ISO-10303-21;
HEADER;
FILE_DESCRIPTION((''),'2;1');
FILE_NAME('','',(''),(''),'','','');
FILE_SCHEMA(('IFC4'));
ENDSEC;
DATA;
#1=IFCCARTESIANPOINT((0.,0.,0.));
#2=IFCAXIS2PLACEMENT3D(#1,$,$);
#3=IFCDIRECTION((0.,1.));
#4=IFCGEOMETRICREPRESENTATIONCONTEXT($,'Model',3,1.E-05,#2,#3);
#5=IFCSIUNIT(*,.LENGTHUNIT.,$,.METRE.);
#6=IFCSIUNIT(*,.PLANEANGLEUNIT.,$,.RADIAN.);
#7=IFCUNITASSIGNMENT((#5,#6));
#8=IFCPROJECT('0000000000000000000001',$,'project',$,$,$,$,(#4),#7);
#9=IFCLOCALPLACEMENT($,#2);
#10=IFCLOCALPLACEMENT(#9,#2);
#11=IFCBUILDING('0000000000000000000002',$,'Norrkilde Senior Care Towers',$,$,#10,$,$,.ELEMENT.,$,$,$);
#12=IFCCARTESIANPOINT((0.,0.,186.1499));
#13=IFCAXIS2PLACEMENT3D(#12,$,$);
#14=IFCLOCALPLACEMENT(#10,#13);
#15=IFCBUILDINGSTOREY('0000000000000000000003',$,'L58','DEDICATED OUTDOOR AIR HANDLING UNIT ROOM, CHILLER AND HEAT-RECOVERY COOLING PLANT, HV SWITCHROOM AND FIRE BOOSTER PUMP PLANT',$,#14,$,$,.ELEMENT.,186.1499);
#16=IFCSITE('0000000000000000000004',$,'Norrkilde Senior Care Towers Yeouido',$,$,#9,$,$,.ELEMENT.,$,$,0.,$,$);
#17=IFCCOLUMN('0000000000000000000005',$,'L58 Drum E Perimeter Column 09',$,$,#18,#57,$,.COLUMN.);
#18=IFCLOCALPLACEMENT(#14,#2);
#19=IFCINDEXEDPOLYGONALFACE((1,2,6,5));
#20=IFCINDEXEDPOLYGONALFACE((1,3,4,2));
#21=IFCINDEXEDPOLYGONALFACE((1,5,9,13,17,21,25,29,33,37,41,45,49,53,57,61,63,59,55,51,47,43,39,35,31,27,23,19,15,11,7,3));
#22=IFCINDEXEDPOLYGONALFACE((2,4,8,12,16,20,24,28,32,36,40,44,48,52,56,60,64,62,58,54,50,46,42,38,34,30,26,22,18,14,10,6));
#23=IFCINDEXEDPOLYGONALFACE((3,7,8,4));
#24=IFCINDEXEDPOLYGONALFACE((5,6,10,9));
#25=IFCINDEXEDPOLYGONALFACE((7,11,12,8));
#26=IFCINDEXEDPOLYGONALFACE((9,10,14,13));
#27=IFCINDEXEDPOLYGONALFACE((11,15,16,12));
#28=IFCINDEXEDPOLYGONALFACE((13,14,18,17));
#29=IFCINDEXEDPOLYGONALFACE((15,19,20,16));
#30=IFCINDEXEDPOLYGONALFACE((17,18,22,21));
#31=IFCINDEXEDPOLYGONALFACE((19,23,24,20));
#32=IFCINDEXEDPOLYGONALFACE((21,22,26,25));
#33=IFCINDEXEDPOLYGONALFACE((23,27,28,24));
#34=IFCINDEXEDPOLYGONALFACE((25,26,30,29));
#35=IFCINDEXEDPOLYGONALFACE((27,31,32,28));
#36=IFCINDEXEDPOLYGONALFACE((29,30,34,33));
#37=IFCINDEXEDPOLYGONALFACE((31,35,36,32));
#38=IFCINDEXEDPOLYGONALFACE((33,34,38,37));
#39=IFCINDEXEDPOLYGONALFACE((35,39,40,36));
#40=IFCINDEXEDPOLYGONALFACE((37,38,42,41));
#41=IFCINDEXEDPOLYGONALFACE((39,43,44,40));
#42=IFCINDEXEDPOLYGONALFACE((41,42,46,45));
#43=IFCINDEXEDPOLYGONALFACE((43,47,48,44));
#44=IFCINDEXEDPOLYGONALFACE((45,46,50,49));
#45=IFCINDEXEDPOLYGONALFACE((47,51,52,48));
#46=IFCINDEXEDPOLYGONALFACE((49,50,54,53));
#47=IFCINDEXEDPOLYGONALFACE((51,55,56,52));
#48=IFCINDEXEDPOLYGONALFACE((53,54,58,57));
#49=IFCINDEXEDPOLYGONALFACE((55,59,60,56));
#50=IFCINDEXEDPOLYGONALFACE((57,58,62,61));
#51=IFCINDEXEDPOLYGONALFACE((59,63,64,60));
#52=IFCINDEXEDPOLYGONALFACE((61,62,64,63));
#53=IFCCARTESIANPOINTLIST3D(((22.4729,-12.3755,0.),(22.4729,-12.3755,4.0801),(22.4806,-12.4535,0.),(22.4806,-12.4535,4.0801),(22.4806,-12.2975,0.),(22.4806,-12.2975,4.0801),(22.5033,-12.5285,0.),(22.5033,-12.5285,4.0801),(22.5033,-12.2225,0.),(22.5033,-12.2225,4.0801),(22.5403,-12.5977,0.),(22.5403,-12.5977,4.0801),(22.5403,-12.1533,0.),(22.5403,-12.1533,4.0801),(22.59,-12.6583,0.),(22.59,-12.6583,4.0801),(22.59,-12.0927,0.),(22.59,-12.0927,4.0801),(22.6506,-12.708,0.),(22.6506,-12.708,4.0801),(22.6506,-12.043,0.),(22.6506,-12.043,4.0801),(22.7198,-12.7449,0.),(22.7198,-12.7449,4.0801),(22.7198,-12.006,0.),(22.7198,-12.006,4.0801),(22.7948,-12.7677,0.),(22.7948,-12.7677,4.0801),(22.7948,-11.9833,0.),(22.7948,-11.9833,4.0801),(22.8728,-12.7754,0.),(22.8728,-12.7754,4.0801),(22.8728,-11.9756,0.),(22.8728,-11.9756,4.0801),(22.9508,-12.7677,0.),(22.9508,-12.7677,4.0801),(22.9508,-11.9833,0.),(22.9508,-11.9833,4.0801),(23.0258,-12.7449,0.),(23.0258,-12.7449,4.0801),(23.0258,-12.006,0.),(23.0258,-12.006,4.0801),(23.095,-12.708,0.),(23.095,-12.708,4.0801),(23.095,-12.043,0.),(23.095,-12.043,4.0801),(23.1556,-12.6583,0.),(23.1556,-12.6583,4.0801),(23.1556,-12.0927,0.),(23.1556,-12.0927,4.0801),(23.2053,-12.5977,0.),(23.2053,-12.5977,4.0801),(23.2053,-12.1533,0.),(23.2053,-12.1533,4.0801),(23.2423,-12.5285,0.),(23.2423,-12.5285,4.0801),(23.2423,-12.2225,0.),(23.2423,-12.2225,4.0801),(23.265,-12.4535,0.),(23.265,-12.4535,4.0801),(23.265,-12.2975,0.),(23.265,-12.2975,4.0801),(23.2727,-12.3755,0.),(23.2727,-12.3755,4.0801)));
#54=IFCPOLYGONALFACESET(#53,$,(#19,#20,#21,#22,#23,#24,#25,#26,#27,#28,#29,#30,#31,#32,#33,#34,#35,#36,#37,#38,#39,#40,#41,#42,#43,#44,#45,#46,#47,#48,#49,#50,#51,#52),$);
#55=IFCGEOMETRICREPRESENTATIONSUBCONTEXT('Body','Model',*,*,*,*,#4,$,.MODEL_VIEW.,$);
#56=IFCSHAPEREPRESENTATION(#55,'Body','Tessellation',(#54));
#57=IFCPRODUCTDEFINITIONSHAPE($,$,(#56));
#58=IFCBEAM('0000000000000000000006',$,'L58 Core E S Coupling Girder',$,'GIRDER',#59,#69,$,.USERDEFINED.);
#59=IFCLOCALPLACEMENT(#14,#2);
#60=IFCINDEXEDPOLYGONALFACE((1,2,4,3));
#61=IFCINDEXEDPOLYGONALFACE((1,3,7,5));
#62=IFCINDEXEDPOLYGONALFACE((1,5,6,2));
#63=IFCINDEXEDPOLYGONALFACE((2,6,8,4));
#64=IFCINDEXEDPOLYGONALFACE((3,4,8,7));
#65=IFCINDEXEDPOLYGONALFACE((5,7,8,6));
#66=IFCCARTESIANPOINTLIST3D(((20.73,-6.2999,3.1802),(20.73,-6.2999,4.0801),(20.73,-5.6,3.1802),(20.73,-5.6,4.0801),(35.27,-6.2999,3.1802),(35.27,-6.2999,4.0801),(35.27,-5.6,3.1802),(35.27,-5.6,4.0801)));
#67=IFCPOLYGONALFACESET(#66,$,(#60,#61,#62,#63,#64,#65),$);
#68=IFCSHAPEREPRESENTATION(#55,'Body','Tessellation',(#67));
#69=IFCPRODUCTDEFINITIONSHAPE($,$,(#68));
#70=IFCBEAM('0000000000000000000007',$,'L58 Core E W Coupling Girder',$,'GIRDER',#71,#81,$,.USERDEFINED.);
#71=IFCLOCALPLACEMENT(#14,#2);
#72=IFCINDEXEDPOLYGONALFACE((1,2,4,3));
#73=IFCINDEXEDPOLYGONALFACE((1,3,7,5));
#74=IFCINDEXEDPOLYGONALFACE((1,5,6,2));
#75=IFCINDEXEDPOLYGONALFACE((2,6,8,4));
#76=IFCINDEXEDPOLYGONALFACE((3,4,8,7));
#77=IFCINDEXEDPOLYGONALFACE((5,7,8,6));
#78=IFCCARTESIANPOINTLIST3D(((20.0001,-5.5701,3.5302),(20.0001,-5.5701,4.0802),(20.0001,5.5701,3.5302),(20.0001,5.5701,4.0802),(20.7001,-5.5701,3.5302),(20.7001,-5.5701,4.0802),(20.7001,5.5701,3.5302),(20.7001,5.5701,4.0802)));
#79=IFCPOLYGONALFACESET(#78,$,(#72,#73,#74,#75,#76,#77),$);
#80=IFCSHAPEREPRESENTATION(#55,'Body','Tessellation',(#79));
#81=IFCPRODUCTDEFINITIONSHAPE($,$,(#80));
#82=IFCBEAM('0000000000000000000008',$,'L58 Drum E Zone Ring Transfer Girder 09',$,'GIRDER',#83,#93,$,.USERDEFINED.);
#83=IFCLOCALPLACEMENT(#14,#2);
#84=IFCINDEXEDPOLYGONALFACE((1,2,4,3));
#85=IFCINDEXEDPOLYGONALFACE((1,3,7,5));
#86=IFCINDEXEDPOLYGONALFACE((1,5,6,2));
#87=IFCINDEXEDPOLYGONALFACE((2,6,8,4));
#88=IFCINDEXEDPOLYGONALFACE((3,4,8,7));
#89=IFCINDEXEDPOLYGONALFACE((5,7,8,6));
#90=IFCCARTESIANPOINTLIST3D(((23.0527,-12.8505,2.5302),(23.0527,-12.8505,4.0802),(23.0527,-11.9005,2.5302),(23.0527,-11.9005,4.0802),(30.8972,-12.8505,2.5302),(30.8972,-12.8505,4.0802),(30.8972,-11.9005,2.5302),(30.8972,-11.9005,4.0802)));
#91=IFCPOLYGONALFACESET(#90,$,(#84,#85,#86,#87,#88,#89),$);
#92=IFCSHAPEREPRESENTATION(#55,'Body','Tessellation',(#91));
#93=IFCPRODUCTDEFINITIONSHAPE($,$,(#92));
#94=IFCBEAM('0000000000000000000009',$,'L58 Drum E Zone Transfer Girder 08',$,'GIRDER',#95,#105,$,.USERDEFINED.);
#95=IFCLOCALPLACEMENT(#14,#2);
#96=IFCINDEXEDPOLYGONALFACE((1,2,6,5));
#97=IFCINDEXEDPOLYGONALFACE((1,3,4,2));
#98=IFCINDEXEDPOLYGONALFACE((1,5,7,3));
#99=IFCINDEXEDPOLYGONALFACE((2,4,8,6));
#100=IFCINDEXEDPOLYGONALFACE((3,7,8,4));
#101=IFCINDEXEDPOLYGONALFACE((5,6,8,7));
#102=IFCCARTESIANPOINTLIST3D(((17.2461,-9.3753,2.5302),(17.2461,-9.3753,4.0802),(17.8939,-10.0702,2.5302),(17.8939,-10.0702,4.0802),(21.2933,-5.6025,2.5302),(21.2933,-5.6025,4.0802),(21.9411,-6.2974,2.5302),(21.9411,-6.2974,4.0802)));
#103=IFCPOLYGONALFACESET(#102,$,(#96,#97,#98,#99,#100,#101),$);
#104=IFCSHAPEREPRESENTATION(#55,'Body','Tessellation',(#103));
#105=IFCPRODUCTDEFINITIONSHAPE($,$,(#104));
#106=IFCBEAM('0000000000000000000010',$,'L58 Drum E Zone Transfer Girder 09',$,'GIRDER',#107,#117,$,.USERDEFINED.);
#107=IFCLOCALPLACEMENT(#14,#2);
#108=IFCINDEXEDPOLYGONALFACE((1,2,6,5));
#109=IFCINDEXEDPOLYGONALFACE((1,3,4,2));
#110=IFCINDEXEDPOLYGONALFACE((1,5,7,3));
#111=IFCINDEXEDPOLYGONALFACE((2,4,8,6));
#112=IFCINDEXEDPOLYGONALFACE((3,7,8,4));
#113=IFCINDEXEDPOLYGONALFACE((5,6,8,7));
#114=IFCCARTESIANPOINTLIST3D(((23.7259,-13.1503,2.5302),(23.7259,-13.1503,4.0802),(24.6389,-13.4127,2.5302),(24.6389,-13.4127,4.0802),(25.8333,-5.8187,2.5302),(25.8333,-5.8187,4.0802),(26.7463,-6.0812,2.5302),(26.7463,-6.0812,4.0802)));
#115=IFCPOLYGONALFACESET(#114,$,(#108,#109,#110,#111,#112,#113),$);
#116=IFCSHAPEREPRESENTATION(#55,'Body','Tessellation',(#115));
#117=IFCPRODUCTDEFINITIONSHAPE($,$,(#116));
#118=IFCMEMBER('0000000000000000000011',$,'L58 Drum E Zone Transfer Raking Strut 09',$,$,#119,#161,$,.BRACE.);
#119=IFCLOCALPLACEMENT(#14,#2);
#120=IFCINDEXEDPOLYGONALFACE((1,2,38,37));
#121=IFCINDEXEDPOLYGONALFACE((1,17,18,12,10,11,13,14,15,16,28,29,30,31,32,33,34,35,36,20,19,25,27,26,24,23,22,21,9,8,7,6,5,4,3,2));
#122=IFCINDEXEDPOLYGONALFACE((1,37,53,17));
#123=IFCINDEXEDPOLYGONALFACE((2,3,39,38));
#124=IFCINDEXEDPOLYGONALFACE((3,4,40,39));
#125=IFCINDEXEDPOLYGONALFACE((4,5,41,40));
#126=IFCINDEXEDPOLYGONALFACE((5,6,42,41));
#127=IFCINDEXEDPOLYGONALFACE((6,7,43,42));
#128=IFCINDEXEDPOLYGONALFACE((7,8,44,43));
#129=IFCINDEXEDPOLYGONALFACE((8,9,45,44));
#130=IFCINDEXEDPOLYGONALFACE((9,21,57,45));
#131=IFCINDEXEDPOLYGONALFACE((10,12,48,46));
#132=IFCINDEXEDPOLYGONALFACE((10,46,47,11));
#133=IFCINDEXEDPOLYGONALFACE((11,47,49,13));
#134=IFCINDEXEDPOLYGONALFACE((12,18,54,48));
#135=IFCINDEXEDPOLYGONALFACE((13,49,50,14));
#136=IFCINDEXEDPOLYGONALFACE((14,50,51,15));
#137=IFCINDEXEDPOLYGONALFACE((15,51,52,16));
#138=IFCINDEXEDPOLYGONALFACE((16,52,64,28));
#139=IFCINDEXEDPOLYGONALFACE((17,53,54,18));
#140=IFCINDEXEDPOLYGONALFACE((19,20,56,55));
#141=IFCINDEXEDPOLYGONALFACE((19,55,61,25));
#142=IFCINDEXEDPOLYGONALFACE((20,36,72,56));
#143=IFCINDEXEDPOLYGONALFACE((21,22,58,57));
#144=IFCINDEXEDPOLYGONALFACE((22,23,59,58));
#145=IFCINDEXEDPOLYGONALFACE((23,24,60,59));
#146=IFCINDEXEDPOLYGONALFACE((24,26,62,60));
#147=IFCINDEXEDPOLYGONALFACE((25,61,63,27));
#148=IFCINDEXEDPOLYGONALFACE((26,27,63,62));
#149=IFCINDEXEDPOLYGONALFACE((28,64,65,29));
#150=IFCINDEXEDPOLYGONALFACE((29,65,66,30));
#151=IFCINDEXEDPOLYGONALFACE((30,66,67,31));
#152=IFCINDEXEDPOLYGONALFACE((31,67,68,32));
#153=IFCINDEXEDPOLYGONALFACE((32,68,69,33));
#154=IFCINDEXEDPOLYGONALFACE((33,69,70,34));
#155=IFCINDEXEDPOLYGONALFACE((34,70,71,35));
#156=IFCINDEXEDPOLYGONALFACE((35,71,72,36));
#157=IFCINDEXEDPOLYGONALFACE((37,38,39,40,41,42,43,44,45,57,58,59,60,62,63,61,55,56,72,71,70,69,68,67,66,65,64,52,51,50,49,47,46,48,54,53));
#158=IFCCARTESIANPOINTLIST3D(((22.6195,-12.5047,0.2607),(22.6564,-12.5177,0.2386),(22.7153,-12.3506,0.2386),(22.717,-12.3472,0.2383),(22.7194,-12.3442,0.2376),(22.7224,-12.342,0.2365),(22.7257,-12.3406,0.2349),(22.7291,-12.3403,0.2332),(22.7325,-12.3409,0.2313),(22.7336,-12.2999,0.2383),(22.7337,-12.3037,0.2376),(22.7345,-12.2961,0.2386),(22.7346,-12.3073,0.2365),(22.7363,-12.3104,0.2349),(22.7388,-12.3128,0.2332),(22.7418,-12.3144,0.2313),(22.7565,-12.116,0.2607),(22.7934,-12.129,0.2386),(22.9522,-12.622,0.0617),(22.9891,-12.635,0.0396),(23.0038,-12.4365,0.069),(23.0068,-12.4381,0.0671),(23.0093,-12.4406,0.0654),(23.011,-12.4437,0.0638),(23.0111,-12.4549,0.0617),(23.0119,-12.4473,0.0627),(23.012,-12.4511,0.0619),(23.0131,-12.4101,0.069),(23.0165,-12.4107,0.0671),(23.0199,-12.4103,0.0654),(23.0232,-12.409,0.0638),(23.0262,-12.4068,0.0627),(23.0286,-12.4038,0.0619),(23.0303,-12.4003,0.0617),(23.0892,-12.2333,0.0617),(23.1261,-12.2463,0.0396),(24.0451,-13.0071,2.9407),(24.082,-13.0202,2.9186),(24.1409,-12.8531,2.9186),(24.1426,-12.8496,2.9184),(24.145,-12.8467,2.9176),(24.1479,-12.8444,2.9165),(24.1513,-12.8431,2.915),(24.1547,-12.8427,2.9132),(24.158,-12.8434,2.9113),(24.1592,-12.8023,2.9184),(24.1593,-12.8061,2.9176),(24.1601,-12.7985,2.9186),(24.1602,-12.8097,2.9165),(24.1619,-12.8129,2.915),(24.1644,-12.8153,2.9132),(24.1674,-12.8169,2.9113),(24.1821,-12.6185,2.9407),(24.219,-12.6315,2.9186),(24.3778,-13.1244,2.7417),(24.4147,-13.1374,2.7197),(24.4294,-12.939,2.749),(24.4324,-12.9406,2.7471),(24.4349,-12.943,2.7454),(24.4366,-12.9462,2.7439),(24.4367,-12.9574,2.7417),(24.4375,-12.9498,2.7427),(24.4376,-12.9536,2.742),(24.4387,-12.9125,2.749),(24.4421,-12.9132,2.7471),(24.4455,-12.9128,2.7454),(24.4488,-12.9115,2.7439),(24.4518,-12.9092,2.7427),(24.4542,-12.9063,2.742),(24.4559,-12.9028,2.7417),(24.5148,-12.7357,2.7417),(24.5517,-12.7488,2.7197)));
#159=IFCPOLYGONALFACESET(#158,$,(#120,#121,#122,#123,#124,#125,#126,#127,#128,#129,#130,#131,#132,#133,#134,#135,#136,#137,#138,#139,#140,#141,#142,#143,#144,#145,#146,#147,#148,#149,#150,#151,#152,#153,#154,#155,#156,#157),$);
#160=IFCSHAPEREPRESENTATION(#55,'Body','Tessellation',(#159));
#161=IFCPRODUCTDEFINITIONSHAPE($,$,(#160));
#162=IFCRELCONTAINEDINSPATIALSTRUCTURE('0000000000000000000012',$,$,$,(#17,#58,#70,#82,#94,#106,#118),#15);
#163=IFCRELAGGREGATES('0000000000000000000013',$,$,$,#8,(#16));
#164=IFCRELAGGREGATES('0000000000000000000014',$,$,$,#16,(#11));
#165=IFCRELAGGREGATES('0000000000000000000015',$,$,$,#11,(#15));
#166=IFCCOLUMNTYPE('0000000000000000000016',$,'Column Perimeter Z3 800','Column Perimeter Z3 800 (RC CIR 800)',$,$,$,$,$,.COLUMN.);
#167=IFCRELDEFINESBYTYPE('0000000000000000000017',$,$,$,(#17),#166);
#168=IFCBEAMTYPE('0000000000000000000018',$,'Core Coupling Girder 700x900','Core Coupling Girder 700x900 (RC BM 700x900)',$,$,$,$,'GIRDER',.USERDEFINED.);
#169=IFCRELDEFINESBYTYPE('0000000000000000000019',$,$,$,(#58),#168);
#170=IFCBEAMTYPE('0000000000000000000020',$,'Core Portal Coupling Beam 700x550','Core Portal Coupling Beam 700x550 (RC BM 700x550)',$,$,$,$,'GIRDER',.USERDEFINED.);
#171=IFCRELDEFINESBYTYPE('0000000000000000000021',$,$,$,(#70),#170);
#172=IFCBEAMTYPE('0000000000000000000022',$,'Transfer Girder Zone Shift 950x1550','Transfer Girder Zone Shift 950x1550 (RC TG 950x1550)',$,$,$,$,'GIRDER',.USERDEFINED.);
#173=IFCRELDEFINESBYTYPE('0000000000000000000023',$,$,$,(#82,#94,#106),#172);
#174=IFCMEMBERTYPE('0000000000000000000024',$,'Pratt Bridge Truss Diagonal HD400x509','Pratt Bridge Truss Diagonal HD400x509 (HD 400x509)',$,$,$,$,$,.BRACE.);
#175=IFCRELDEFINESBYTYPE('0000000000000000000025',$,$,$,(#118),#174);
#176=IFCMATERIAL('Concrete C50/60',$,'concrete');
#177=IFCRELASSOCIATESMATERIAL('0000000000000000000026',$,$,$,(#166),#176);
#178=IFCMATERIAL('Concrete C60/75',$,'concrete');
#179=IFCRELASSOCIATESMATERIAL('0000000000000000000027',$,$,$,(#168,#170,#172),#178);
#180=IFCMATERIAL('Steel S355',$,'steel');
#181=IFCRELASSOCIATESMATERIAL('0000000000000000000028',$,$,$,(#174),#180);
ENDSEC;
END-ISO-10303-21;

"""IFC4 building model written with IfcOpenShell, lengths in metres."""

from ifc_helpers import new_model, si_unit, direction, frame, origin, origin_2d, place, context, subcontext, project, spatial, rectangle, circle, i_section, extrude, source, transform, mapped, material, material_profile, profile_set, type_object, type_shapes, element, save


model = new_model("IFC4")

# Units and contexts
model_context = context("Model", 3, precision=1e-05, world=origin(), true_north=direction((0.0, 1.0)))
body_context = subcontext(model_context, "Body", "Model", "MODEL_VIEW")
ifc_project = project(units=[si_unit("LENGTHUNIT", "METRE"), si_unit("PLANEANGLEUNIT", "RADIAN")], contexts=[model_context])

# Site, building, storey
site_placement = place(None, origin())
site = spatial("IfcSite", under=ifc_project, at=site_placement, Name="Norrkilde Senior Care Towers Yeouido", CompositionType="ELEMENT", RefElevation=0.0)
building_placement = place(site_placement, origin())
building = spatial("IfcBuilding", under=site, at=building_placement, Name="Norrkilde Senior Care Towers", CompositionType="ELEMENT")
storey_placement = place(building_placement, frame((0.0, 0.0, 186.1499)))
storey = spatial("IfcBuildingStorey", under=building, at=storey_placement, Name="L58", Description="DEDICATED OUTDOOR AIR HANDLING UNIT ROOM, CHILLER AND HEAT-RECOVERY COOLING PLANT, HV SWITCHROOM AND FIRE BOOSTER PUMP PLANT", CompositionType="ELEMENT", Elevation=186.1499)

# Column
ifc_material_1 = material(Name="Concrete C50/60", Category="concrete")
ifc_material_profile_1 = material_profile(ifc_material_1, circle(Radius=0.3999, at=origin_2d()), Name="RC CIR 800")
ifc_profile_set_1 = profile_set([ifc_material_profile_1], Name="Concrete C50/60")
column_type = type_object("IfcColumnType", Name="Column Perimeter Z3 800", Description="Column Perimeter Z3 800 (RC CIR 800)", PredefinedType="COLUMN", material=ifc_profile_set_1)
shared_shape_1 = source(origin(), body_context, "Body", "SweptSolid", [
    extrude(circle(Radius=0.3999, at=origin_2d()), origin(), (0.0, 0.0, 1.0), 4.0801),
])
type_shapes(column_type, [shared_shape_1])
column_placement = place(storey_placement, frame((22.8728, -12.3755, 0.0), z_axis=(0.0, 0.0, 1.0), x_axis=(1.0, 0.0, 0.0)))
element("IfcColumn", 1, at=column_placement, inside=storey, type_object=column_type, Name="L58 Drum E Perimeter Column 09", PredefinedType="COLUMN", context=body_context, shape_type="MappedRepresentation", body=[
    mapped(shared_shape_1, transform((0.0, 0.0, 0.0), x_axis=(1.0, 0.0, 0.0), y_axis=(0.0, 1.0, 0.0), z_axis=(0.0, 0.0, 1.0), scale=1.0)),
])

# Beams
ifc_material_2 = material(Name="Concrete C60/75", Category="concrete")
ifc_material_profile_2 = material_profile(ifc_material_2, rectangle(XDim=0.7, YDim=0.8999, at=origin_2d()), Name="RC BM 700x900")
ifc_profile_set_2 = profile_set([ifc_material_profile_2], Name="Concrete C60/75")
beam_type_1 = type_object("IfcBeamType", Name="Core Coupling Girder 700x900", Description="Core Coupling Girder 700x900 (RC BM 700x900)", ElementType="GIRDER", PredefinedType="USERDEFINED", material=ifc_profile_set_2)
shared_shape_2 = source(origin(), body_context, "Body", "SweptSolid", [
    extrude(rectangle(XDim=0.7, YDim=0.8999, at=origin_2d()), origin(), (0.0, 0.0, 1.0), 14.54),
])
type_shapes(beam_type_1, [shared_shape_2])
beam_1_placement = place(storey_placement, frame((20.73, -5.95, 3.6301), z_axis=(1.0, 0.0, 0.0), x_axis=(0.0, 1.0, 0.0)))
element("IfcBeam", 2, at=beam_1_placement, inside=storey, type_object=beam_type_1, Name="L58 Core E S Coupling Girder", ObjectType="GIRDER", PredefinedType="USERDEFINED", context=body_context, shape_type="MappedRepresentation", body=[
    mapped(shared_shape_2, transform((0.0, 0.0, 0.0), x_axis=(1.0, 0.0, 0.0), y_axis=(0.0, 1.0, 0.0), z_axis=(0.0, 0.0, 1.0), scale=1.0)),
])
ifc_material_profile_3 = material_profile(ifc_material_2, rectangle(XDim=0.7, YDim=0.55, at=origin_2d()), Name="RC BM 700x550")
ifc_profile_set_3 = profile_set([ifc_material_profile_3], Name="Concrete C60/75")
beam_type_2 = type_object("IfcBeamType", Name="Core Portal Coupling Beam 700x550", Description="Core Portal Coupling Beam 700x550 (RC BM 700x550)", ElementType="GIRDER", PredefinedType="USERDEFINED", material=ifc_profile_set_3)
shared_shape_3 = source(origin(), body_context, "Body", "SweptSolid", [
    extrude(rectangle(XDim=0.7, YDim=0.55, at=origin_2d()), origin(), (0.0, 0.0, 1.0), 11.1401),
])
type_shapes(beam_type_2, [shared_shape_3])
beam_2_placement = place(storey_placement, frame((20.3501, -5.5701, 3.8052), z_axis=(0.0, 1.0, 0.0), x_axis=(-1.0, 0.0, 0.0)))
element("IfcBeam", 3, at=beam_2_placement, inside=storey, type_object=beam_type_2, Name="L58 Core E W Coupling Girder", ObjectType="GIRDER", PredefinedType="USERDEFINED", context=body_context, shape_type="MappedRepresentation", body=[
    mapped(shared_shape_3, transform((0.0, 0.0, 0.0), x_axis=(1.0, 0.0, 0.0), y_axis=(0.0, 1.0, 0.0), z_axis=(0.0, 0.0, 1.0), scale=1.0)),
])
ifc_material_profile_4 = material_profile(ifc_material_2, rectangle(XDim=0.95, YDim=1.55, at=origin_2d()), Name="RC TG 950x1550")
ifc_profile_set_4 = profile_set([ifc_material_profile_4], Name="Concrete C60/75")
beam_type_3 = type_object("IfcBeamType", Name="Transfer Girder Zone Shift 950x1550", Description="Transfer Girder Zone Shift 950x1550 (RC TG 950x1550)", ElementType="GIRDER", PredefinedType="USERDEFINED", material=ifc_profile_set_4)
shared_shape_4 = source(origin(), body_context, "Body", "SweptSolid", [
    extrude(rectangle(XDim=0.95, YDim=1.55, at=origin_2d()), origin(), (0.0, 0.0, 1.0), 7.8445),
])
beam_3_placement = place(storey_placement, frame((23.0527, -12.3755, 3.3052), z_axis=(1.0, 0.0, 0.0), x_axis=(0.0, 1.0, 0.0)))
element("IfcBeam", 4, at=beam_3_placement, inside=storey, type_object=beam_type_3, Name="L58 Drum E Zone Ring Transfer Girder 09", ObjectType="GIRDER", PredefinedType="USERDEFINED", context=body_context, shape_type="MappedRepresentation", body=[
    mapped(shared_shape_4, transform((0.0, 0.0, 0.0), x_axis=(1.0, 0.0, 0.0), y_axis=(0.0, 1.0, 0.0), z_axis=(0.0, 0.0, 1.0), scale=1.0)),
])
shared_shape_5 = source(origin(), body_context, "Body", "SweptSolid", [
    extrude(rectangle(XDim=0.95, YDim=1.55, at=origin_2d()), origin(), (0.0, 0.0, 1.0), 5.533),
])
beam_4_placement = place(storey_placement, frame((21.6172, -5.95, 3.3052), z_axis=(-0.73147, -0.681873, 0.0), x_axis=(0.681873, -0.73147, 0.0)))
element("IfcBeam", 5, at=beam_4_placement, inside=storey, type_object=beam_type_3, Name="L58 Drum E Zone Transfer Girder 08", ObjectType="GIRDER", PredefinedType="USERDEFINED", context=body_context, shape_type="MappedRepresentation", body=[
    mapped(shared_shape_5, transform((0.0, 0.0, 0.0), x_axis=(1.0, 0.0, 0.0), y_axis=(0.0, 1.0, 0.0), z_axis=(0.0, 0.0, 1.0), scale=1.0)),
])
shared_shape_6 = source(origin(), body_context, "Body", "SweptSolid", [
    extrude(rectangle(XDim=0.95, YDim=1.55, at=origin_2d()), origin(), (0.0, 0.0, 1.0), 7.6284),
])
beam_5_placement = place(storey_placement, frame((26.2898, -5.95, 3.3052), z_axis=(-0.276259, -0.961083, 0.0), x_axis=(0.961083, -0.276259, 0.0)))
element("IfcBeam", 6, at=beam_5_placement, inside=storey, type_object=beam_type_3, Name="L58 Drum E Zone Transfer Girder 09", ObjectType="GIRDER", PredefinedType="USERDEFINED", context=body_context, shape_type="MappedRepresentation", body=[
    mapped(shared_shape_6, transform((0.0, 0.0, 0.0), x_axis=(1.0, 0.0, 0.0), y_axis=(0.0, 1.0, 0.0), z_axis=(0.0, 0.0, 1.0), scale=1.0)),
])

# Member
ifc_material_3 = material(Name="Steel S355", Category="steel")
ifc_material_profile_5 = material_profile(ifc_material_3, i_section(OverallWidth=0.4121, OverallDepth=0.45, WebThickness=0.0281, FlangeThickness=0.0449, FilletRadius=0.0149, at=origin_2d()), Name="HD 400x509")
ifc_profile_set_5 = profile_set([ifc_material_profile_5], Name="Steel S355")
member_type_1 = type_object("IfcMemberType", Name="Pratt Bridge Truss Diagonal HD400x509", Description="Pratt Bridge Truss Diagonal HD400x509 (HD 400x509)", PredefinedType="BRACE", material=ifc_profile_set_5)
shared_shape_7 = source(origin(), body_context, "Body", "SweptSolid", [
    extrude(i_section(OverallWidth=0.4121, OverallDepth=0.45, WebThickness=0.0281, FlangeThickness=0.0449, FilletRadius=0.0149, at=origin_2d()), origin(), (0.0, 0.0, 1.0), 3.0769),
])
type_shapes(member_type_1, [shared_shape_7])
member_1_placement = place(storey_placement, frame((22.8728, -12.3755, 0.1501), z_axis=(0.46332, -0.163301, 0.871015), x_axis=(0.332415, 0.943133, 0.0)))
element("IfcMember", 7, at=member_1_placement, inside=storey, type_object=member_type_1, Name="L58 Drum E Zone Transfer Raking Strut 09", PredefinedType="BRACE", context=body_context, shape_type="MappedRepresentation", body=[
    mapped(shared_shape_7, transform((0.0, 0.0, 0.0), x_axis=(1.0, 0.0, 0.0), y_axis=(0.0, 1.0, 0.0), z_axis=(0.0, 0.0, 1.0), scale=1.0)),
])

save(model, "model.ifc")
